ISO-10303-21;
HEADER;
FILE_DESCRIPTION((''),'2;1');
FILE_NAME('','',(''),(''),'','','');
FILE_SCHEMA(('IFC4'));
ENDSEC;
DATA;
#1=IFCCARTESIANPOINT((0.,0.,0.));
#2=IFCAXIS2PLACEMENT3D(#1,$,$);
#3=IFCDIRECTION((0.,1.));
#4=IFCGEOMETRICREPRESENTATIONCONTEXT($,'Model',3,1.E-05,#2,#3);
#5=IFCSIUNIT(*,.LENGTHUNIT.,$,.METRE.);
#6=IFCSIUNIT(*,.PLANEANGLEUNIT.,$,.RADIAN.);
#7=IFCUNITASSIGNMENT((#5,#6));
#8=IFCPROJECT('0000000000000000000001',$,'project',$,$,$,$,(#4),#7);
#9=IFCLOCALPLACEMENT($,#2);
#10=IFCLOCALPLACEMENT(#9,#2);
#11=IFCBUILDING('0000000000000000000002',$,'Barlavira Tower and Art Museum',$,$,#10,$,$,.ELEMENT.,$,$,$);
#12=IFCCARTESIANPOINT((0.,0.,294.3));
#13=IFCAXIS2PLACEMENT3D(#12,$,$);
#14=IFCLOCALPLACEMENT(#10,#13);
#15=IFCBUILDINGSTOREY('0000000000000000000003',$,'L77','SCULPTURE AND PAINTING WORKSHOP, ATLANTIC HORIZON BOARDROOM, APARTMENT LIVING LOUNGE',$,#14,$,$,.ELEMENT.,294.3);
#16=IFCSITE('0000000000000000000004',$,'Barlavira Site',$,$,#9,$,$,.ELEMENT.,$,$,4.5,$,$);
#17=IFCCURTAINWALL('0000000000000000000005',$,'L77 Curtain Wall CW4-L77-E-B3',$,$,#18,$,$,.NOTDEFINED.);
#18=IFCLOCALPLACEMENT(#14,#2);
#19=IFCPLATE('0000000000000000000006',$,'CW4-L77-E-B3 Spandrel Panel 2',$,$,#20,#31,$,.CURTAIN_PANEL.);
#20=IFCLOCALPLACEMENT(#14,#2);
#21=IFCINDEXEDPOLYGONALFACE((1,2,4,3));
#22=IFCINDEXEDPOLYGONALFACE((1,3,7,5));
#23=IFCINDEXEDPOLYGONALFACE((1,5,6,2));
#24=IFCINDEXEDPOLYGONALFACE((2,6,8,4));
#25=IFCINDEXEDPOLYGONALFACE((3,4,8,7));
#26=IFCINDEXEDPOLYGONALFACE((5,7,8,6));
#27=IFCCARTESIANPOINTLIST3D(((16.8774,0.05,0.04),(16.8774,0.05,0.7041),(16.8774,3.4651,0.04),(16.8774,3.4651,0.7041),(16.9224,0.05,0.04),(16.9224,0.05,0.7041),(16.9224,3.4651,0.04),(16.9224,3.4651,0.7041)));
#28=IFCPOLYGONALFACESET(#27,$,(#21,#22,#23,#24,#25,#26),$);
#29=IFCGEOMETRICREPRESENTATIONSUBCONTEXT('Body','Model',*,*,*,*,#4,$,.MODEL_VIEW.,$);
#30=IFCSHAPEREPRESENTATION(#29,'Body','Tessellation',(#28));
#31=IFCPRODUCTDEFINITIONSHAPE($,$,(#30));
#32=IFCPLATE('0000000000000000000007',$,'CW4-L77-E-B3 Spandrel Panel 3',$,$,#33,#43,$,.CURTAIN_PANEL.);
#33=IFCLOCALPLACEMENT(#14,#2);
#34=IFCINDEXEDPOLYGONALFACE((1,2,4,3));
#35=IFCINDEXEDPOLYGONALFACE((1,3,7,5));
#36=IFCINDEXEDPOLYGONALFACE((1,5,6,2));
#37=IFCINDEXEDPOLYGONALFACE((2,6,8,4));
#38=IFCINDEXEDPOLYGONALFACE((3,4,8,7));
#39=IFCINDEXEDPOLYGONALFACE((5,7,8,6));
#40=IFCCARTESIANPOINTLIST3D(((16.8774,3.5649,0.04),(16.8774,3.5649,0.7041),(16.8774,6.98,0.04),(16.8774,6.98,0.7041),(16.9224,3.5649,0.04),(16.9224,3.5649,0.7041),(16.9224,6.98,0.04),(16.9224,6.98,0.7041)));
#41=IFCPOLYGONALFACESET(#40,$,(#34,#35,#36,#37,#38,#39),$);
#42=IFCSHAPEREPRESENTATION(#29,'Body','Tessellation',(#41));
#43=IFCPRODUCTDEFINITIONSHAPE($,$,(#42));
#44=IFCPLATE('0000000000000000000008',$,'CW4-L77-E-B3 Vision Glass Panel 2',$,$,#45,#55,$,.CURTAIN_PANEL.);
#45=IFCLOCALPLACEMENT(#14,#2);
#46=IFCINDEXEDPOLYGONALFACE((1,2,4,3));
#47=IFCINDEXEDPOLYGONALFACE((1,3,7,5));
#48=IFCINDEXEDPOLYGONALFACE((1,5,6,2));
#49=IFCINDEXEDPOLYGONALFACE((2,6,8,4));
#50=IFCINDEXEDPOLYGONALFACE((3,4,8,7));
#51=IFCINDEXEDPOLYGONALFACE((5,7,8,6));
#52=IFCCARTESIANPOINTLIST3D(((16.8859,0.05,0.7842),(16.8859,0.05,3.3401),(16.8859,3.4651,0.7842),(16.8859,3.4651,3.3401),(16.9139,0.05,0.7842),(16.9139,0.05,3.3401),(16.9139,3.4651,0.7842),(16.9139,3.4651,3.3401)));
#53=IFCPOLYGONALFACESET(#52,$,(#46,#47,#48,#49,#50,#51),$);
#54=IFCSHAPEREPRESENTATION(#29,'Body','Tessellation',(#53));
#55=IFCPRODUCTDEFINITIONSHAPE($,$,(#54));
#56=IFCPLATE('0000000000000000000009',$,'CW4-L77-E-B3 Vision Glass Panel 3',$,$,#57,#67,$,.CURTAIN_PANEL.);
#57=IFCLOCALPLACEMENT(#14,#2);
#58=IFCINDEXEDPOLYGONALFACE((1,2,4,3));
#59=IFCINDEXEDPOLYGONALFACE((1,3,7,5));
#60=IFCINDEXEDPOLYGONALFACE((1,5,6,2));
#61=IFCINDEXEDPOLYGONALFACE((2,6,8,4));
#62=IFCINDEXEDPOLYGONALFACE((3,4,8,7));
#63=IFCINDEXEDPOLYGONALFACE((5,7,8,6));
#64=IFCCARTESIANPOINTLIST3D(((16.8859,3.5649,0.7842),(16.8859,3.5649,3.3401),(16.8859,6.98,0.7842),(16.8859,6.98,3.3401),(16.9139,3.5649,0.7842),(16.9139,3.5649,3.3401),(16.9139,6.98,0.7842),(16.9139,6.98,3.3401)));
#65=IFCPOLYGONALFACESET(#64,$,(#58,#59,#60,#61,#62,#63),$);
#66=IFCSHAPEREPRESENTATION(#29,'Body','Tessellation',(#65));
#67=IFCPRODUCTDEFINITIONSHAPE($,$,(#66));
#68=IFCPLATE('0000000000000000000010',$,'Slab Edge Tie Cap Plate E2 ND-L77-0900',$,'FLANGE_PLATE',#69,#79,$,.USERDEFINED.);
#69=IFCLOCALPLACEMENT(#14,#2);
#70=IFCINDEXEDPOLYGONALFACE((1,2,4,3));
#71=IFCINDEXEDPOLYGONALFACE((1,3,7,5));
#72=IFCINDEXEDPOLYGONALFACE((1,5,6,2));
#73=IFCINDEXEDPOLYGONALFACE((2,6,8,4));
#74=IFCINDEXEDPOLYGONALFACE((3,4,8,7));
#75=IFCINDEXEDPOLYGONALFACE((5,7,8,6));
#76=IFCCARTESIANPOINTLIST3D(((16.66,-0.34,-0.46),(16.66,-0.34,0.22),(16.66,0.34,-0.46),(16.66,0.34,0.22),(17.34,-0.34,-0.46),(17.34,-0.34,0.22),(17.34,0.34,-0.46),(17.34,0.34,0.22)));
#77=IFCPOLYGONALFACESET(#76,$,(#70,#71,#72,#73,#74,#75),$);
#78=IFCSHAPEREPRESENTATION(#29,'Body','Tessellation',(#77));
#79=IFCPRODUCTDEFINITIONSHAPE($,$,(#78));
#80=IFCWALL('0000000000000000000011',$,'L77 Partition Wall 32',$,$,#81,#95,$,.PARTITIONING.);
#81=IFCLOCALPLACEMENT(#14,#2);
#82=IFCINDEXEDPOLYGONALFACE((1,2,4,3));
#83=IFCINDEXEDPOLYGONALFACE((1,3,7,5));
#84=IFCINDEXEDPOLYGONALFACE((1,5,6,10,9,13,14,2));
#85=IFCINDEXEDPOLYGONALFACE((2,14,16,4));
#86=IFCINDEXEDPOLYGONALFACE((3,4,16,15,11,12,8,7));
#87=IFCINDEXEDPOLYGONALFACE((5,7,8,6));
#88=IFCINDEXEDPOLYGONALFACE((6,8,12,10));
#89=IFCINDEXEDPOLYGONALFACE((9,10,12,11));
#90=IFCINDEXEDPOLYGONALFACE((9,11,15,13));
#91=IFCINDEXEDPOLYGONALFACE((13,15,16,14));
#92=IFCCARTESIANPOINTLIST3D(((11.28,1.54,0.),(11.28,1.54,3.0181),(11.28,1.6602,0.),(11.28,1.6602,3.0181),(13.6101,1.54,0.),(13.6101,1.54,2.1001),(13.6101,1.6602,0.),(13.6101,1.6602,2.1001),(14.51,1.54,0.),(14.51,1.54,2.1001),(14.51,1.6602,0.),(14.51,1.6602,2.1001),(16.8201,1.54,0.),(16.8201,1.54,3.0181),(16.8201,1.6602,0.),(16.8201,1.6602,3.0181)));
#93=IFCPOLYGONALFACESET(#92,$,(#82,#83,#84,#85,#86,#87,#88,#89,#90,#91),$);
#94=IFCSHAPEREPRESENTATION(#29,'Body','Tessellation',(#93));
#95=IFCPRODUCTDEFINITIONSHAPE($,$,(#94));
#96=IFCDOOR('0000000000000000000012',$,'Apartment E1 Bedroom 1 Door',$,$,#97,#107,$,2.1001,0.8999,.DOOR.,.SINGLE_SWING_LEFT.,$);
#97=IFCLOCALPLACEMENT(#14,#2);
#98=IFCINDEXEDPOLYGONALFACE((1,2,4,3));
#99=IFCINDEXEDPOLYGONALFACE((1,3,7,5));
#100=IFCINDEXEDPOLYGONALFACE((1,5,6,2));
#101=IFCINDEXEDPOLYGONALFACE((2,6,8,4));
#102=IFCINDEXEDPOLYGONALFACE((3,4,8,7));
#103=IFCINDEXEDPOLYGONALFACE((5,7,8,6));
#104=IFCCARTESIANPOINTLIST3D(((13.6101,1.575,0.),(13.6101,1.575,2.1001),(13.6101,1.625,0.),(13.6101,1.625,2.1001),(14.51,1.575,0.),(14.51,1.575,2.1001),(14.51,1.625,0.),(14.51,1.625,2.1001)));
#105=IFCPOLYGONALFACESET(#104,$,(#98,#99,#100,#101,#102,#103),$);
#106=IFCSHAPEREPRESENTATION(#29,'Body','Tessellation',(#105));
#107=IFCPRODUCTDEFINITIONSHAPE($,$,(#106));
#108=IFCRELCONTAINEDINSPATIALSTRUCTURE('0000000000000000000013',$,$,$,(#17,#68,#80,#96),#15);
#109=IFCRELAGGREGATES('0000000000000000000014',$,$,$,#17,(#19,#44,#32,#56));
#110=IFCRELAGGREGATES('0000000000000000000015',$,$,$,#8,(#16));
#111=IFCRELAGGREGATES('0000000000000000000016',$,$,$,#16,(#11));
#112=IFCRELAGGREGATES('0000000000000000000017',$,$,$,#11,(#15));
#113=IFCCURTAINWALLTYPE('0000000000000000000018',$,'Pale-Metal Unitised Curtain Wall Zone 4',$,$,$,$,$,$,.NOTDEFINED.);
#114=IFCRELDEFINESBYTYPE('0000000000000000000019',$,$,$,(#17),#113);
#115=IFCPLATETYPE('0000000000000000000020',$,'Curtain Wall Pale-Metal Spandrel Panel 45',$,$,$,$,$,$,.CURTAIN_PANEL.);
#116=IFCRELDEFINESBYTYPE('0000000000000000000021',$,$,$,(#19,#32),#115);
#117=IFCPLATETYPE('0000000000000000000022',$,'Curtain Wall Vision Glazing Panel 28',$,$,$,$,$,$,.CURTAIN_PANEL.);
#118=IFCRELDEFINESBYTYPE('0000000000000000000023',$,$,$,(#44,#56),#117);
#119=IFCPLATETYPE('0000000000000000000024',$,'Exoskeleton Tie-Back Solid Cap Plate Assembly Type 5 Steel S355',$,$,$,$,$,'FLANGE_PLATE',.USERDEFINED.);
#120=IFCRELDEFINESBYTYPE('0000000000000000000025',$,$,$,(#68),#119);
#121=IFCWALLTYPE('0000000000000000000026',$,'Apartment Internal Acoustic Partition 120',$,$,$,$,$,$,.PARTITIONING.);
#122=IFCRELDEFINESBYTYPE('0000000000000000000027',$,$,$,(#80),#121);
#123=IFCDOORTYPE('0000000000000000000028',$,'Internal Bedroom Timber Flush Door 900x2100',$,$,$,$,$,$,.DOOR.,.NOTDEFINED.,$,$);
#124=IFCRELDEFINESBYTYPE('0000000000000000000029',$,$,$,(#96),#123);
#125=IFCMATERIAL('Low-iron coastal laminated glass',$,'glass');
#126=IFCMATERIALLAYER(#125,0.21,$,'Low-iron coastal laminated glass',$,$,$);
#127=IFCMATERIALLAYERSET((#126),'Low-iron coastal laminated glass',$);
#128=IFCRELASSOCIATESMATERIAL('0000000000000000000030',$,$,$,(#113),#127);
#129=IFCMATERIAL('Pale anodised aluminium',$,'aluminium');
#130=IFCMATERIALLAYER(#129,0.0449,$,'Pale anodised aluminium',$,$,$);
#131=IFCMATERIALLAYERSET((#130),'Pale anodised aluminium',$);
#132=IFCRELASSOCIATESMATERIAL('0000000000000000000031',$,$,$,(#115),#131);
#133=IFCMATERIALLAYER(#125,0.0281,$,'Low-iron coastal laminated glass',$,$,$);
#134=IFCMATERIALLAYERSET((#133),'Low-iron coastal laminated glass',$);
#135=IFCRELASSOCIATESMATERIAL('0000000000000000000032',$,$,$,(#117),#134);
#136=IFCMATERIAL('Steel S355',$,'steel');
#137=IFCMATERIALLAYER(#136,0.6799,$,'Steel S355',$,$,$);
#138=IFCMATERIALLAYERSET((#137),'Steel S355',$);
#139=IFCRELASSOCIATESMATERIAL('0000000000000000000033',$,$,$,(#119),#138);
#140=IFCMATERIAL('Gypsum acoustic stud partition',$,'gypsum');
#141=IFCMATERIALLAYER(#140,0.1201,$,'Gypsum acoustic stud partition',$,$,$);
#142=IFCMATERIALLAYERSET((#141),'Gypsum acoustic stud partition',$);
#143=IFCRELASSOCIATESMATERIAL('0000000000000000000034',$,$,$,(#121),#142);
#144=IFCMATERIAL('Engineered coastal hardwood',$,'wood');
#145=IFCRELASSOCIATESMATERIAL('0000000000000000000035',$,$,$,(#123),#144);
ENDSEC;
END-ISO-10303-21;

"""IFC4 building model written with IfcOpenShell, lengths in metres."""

from ifc_helpers import new_model, si_unit, direction, frame, frame_2d, origin, origin_2d, place, context, subcontext, project, spatial, rectangle, extrude, material, layer, layer_set, type_object, element, fill, aggregate, save


model = new_model("IFC4")

# Units and contexts
model_context = context("Model", 3, precision=1e-05, world=origin(), true_north=direction((0.0, 1.0)))
body_context = subcontext(model_context, "Body", "Model", "MODEL_VIEW")
ifc_project = project(units=[si_unit("LENGTHUNIT", "METRE"), si_unit("PLANEANGLEUNIT", "RADIAN")], contexts=[model_context])

# Site, building, storey
site_placement = place(None, origin())
site = spatial("IfcSite", under=ifc_project, at=site_placement, Name="Barlavira Site", CompositionType="ELEMENT", RefElevation=4.5)
building_placement = place(site_placement, origin())
building = spatial("IfcBuilding", under=site, at=building_placement, Name="Barlavira Tower and Art Museum", CompositionType="ELEMENT")
storey_placement = place(building_placement, frame((0.0, 0.0, 294.3)))
storey = spatial("IfcBuildingStorey", under=building, at=storey_placement, Name="L77", Description="SCULPTURE AND PAINTING WORKSHOP, ATLANTIC HORIZON BOARDROOM, APARTMENT LIVING LOUNGE", CompositionType="ELEMENT", Elevation=294.3)

# Curtain wall
ifc_material_1 = material(Name="Low-iron coastal laminated glass", Category="glass")
ifc_layer_1 = layer(ifc_material_1, 0.21, Name="Low-iron coastal laminated glass")
ifc_layer_set_1 = layer_set([ifc_layer_1], Name="Low-iron coastal laminated glass")
curtain_wall_type = type_object("IfcCurtainWallType", Name="Pale-Metal Unitised Curtain Wall Zone 4", PredefinedType="NOTDEFINED", material=ifc_layer_set_1)
curtain_wall_placement = place(storey_placement, origin())
curtain_wall = element("IfcCurtainWall", 1, at=curtain_wall_placement, inside=storey, type_object=curtain_wall_type, Name="L77 Curtain Wall CW4-L77-E-B3", PredefinedType="NOTDEFINED")
ifc_material_2 = material(Name="Pale anodised aluminium", Category="aluminium")

# Shared definitions
ifc_material_3 = material(Name="Steel S355", Category="steel")

# Plates
ifc_layer_2 = layer(ifc_material_2, 0.0449, Name="Pale anodised aluminium")
ifc_layer_set_2 = layer_set([ifc_layer_2], Name="Pale anodised aluminium")
plate_type_1 = type_object("IfcPlateType", Name="Curtain Wall Pale-Metal Spandrel Panel 45", PredefinedType="CURTAIN_PANEL", material=ifc_layer_set_2)
plate_1_placement = place(storey_placement, frame((16.8999, 1.7576, 0.04), z_axis=(0.0, 0.0, 1.0), x_axis=(0.0, 1.0, 0.0)))
plate_1 = element("IfcPlate", 2, at=plate_1_placement, type_object=plate_type_1, Name="CW4-L77-E-B3 Spandrel Panel 2", PredefinedType="CURTAIN_PANEL", context=body_context, shape_type="SweptSolid", body=[
    extrude(rectangle(XDim=3.415, YDim=0.0449, at=origin_2d()), origin(), (0.0, 0.0, 1.0), 0.6641),
])
plate_2_placement = place(storey_placement, frame((16.8999, 5.2725, 0.04), z_axis=(0.0, 0.0, 1.0), x_axis=(0.0, 1.0, 0.0)))
plate_2 = element("IfcPlate", 3, at=plate_2_placement, type_object=plate_type_1, Name="CW4-L77-E-B3 Spandrel Panel 3", PredefinedType="CURTAIN_PANEL", context=body_context, shape_type="SweptSolid", body=[
    extrude(rectangle(XDim=3.415, YDim=0.0449, at=origin_2d()), origin(), (0.0, 0.0, 1.0), 0.6641),
])
ifc_layer_3 = layer(ifc_material_1, 0.0281, Name="Low-iron coastal laminated glass")
ifc_layer_set_3 = layer_set([ifc_layer_3], Name="Low-iron coastal laminated glass")
plate_type_2 = type_object("IfcPlateType", Name="Curtain Wall Vision Glazing Panel 28", PredefinedType="CURTAIN_PANEL", material=ifc_layer_set_3)
plate_3_placement = place(storey_placement, frame((16.8999, 1.7576, 0.7842), z_axis=(0.0, 0.0, 1.0), x_axis=(0.0, 1.0, 0.0)))
plate_3 = element("IfcPlate", 4, at=plate_3_placement, type_object=plate_type_2, Name="CW4-L77-E-B3 Vision Glass Panel 2", PredefinedType="CURTAIN_PANEL", context=body_context, shape_type="SweptSolid", body=[
    extrude(rectangle(XDim=3.415, YDim=0.0281, at=origin_2d()), origin(), (0.0, 0.0, 1.0), 2.5559),
])
plate_4_placement = place(storey_placement, frame((16.8999, 5.2725, 0.7842), z_axis=(0.0, 0.0, 1.0), x_axis=(0.0, 1.0, 0.0)))
plate_4 = element("IfcPlate", 5, at=plate_4_placement, type_object=plate_type_2, Name="CW4-L77-E-B3 Vision Glass Panel 3", PredefinedType="CURTAIN_PANEL", context=body_context, shape_type="SweptSolid", body=[
    extrude(rectangle(XDim=3.415, YDim=0.0281, at=origin_2d()), origin(), (0.0, 0.0, 1.0), 2.5559),
])
aggregate(curtain_wall, [plate_1, plate_3, plate_2, plate_4])
ifc_layer_4 = layer(ifc_material_3, 0.6799, Name="Steel S355")
ifc_layer_set_4 = layer_set([ifc_layer_4], Name="Steel S355")
plate_type_3 = type_object("IfcPlateType", Name="Exoskeleton Tie-Back Solid Cap Plate Assembly Type 5 Steel S355", ElementType="FLANGE_PLATE", PredefinedType="USERDEFINED", material=ifc_layer_set_4)
plate_5_placement = place(storey_placement, frame((17.0, 0.0, -0.46), z_axis=(0.0, 0.0, 1.0), x_axis=(1.0, 0.0, 0.0)))
element("IfcPlate", 6, at=plate_5_placement, inside=storey, type_object=plate_type_3, Name="Slab Edge Tie Cap Plate E2 ND-L77-0900", ObjectType="FLANGE_PLATE", PredefinedType="USERDEFINED", context=body_context, shape_type="SweptSolid", body=[
    extrude(rectangle(XDim=0.6799, YDim=0.6799, at=origin_2d()), origin(), (0.0, 0.0, 1.0), 0.6799),
])

# Wall, opening, door
ifc_material_4 = material(Name="Gypsum acoustic stud partition", Category="gypsum")
ifc_layer_5 = layer(ifc_material_4, 0.1201, Name="Gypsum acoustic stud partition")
ifc_layer_set_5 = layer_set([ifc_layer_5], Name="Gypsum acoustic stud partition")
wall_type_1 = type_object("IfcWallType", Name="Apartment Internal Acoustic Partition 120", PredefinedType="PARTITIONING", material=ifc_layer_set_5)
wall_1_placement = place(storey_placement, frame((11.28, 1.6001, 0.0), z_axis=(0.0, 0.0, 1.0), x_axis=(1.0, 0.0, 0.0)))
wall_1 = element("IfcWall", 7, at=wall_1_placement, inside=storey, type_object=wall_type_1, Name="L77 Partition Wall 32", PredefinedType="PARTITIONING", context=body_context, shape_type="SweptSolid", body=[
    extrude(rectangle(XDim=5.54, YDim=0.1201, at=frame_2d((2.77, 0.0))), origin(), (0.0, 0.0, 1.0), 3.0181),
])
opening_placement = place(wall_1_placement, frame((2.3301, 0.0, 0.0)))
opening = element("IfcOpeningElement", 8, at=opening_placement, cuts=wall_1, PredefinedType="OPENING", context=body_context, shape_type="SweptSolid", body=[
    extrude(rectangle(XDim=0.8999, YDim=2.1001, at=frame_2d((0.45, 1.05))), frame((0.0, 0.0701, 0.0), z_axis=(0.0, -1.0, 0.0), x_axis=(1.0, 0.0, 0.0)), (0.0, 0.0, 1.0), 0.1401),
])
ifc_material_5 = material(Name="Engineered coastal hardwood", Category="wood")
door_type = type_object("IfcDoorType", Name="Internal Bedroom Timber Flush Door 900x2100", OperationType="NOTDEFINED", PredefinedType="DOOR", material=ifc_material_5)
door_placement = place(opening_placement, origin())
door = element("IfcDoor", 9, at=door_placement, inside=storey, type_object=door_type, Name="Apartment E1 Bedroom 1 Door", OperationType="SINGLE_SWING_LEFT", OverallHeight=2.1001, OverallWidth=0.8999, PredefinedType="DOOR", context=body_context, shape_type="SweptSolid", body=[
    extrude(rectangle(XDim=0.8999, YDim=2.1001, at=frame_2d((0.45, 1.05))), frame((0.0, 0.0249, 0.0), z_axis=(0.0, -1.0, 0.0), x_axis=(1.0, 0.0, 0.0)), (0.0, 0.0, 1.0), 0.05),
])
fill(opening, door)

save(model, "model.ifc")
